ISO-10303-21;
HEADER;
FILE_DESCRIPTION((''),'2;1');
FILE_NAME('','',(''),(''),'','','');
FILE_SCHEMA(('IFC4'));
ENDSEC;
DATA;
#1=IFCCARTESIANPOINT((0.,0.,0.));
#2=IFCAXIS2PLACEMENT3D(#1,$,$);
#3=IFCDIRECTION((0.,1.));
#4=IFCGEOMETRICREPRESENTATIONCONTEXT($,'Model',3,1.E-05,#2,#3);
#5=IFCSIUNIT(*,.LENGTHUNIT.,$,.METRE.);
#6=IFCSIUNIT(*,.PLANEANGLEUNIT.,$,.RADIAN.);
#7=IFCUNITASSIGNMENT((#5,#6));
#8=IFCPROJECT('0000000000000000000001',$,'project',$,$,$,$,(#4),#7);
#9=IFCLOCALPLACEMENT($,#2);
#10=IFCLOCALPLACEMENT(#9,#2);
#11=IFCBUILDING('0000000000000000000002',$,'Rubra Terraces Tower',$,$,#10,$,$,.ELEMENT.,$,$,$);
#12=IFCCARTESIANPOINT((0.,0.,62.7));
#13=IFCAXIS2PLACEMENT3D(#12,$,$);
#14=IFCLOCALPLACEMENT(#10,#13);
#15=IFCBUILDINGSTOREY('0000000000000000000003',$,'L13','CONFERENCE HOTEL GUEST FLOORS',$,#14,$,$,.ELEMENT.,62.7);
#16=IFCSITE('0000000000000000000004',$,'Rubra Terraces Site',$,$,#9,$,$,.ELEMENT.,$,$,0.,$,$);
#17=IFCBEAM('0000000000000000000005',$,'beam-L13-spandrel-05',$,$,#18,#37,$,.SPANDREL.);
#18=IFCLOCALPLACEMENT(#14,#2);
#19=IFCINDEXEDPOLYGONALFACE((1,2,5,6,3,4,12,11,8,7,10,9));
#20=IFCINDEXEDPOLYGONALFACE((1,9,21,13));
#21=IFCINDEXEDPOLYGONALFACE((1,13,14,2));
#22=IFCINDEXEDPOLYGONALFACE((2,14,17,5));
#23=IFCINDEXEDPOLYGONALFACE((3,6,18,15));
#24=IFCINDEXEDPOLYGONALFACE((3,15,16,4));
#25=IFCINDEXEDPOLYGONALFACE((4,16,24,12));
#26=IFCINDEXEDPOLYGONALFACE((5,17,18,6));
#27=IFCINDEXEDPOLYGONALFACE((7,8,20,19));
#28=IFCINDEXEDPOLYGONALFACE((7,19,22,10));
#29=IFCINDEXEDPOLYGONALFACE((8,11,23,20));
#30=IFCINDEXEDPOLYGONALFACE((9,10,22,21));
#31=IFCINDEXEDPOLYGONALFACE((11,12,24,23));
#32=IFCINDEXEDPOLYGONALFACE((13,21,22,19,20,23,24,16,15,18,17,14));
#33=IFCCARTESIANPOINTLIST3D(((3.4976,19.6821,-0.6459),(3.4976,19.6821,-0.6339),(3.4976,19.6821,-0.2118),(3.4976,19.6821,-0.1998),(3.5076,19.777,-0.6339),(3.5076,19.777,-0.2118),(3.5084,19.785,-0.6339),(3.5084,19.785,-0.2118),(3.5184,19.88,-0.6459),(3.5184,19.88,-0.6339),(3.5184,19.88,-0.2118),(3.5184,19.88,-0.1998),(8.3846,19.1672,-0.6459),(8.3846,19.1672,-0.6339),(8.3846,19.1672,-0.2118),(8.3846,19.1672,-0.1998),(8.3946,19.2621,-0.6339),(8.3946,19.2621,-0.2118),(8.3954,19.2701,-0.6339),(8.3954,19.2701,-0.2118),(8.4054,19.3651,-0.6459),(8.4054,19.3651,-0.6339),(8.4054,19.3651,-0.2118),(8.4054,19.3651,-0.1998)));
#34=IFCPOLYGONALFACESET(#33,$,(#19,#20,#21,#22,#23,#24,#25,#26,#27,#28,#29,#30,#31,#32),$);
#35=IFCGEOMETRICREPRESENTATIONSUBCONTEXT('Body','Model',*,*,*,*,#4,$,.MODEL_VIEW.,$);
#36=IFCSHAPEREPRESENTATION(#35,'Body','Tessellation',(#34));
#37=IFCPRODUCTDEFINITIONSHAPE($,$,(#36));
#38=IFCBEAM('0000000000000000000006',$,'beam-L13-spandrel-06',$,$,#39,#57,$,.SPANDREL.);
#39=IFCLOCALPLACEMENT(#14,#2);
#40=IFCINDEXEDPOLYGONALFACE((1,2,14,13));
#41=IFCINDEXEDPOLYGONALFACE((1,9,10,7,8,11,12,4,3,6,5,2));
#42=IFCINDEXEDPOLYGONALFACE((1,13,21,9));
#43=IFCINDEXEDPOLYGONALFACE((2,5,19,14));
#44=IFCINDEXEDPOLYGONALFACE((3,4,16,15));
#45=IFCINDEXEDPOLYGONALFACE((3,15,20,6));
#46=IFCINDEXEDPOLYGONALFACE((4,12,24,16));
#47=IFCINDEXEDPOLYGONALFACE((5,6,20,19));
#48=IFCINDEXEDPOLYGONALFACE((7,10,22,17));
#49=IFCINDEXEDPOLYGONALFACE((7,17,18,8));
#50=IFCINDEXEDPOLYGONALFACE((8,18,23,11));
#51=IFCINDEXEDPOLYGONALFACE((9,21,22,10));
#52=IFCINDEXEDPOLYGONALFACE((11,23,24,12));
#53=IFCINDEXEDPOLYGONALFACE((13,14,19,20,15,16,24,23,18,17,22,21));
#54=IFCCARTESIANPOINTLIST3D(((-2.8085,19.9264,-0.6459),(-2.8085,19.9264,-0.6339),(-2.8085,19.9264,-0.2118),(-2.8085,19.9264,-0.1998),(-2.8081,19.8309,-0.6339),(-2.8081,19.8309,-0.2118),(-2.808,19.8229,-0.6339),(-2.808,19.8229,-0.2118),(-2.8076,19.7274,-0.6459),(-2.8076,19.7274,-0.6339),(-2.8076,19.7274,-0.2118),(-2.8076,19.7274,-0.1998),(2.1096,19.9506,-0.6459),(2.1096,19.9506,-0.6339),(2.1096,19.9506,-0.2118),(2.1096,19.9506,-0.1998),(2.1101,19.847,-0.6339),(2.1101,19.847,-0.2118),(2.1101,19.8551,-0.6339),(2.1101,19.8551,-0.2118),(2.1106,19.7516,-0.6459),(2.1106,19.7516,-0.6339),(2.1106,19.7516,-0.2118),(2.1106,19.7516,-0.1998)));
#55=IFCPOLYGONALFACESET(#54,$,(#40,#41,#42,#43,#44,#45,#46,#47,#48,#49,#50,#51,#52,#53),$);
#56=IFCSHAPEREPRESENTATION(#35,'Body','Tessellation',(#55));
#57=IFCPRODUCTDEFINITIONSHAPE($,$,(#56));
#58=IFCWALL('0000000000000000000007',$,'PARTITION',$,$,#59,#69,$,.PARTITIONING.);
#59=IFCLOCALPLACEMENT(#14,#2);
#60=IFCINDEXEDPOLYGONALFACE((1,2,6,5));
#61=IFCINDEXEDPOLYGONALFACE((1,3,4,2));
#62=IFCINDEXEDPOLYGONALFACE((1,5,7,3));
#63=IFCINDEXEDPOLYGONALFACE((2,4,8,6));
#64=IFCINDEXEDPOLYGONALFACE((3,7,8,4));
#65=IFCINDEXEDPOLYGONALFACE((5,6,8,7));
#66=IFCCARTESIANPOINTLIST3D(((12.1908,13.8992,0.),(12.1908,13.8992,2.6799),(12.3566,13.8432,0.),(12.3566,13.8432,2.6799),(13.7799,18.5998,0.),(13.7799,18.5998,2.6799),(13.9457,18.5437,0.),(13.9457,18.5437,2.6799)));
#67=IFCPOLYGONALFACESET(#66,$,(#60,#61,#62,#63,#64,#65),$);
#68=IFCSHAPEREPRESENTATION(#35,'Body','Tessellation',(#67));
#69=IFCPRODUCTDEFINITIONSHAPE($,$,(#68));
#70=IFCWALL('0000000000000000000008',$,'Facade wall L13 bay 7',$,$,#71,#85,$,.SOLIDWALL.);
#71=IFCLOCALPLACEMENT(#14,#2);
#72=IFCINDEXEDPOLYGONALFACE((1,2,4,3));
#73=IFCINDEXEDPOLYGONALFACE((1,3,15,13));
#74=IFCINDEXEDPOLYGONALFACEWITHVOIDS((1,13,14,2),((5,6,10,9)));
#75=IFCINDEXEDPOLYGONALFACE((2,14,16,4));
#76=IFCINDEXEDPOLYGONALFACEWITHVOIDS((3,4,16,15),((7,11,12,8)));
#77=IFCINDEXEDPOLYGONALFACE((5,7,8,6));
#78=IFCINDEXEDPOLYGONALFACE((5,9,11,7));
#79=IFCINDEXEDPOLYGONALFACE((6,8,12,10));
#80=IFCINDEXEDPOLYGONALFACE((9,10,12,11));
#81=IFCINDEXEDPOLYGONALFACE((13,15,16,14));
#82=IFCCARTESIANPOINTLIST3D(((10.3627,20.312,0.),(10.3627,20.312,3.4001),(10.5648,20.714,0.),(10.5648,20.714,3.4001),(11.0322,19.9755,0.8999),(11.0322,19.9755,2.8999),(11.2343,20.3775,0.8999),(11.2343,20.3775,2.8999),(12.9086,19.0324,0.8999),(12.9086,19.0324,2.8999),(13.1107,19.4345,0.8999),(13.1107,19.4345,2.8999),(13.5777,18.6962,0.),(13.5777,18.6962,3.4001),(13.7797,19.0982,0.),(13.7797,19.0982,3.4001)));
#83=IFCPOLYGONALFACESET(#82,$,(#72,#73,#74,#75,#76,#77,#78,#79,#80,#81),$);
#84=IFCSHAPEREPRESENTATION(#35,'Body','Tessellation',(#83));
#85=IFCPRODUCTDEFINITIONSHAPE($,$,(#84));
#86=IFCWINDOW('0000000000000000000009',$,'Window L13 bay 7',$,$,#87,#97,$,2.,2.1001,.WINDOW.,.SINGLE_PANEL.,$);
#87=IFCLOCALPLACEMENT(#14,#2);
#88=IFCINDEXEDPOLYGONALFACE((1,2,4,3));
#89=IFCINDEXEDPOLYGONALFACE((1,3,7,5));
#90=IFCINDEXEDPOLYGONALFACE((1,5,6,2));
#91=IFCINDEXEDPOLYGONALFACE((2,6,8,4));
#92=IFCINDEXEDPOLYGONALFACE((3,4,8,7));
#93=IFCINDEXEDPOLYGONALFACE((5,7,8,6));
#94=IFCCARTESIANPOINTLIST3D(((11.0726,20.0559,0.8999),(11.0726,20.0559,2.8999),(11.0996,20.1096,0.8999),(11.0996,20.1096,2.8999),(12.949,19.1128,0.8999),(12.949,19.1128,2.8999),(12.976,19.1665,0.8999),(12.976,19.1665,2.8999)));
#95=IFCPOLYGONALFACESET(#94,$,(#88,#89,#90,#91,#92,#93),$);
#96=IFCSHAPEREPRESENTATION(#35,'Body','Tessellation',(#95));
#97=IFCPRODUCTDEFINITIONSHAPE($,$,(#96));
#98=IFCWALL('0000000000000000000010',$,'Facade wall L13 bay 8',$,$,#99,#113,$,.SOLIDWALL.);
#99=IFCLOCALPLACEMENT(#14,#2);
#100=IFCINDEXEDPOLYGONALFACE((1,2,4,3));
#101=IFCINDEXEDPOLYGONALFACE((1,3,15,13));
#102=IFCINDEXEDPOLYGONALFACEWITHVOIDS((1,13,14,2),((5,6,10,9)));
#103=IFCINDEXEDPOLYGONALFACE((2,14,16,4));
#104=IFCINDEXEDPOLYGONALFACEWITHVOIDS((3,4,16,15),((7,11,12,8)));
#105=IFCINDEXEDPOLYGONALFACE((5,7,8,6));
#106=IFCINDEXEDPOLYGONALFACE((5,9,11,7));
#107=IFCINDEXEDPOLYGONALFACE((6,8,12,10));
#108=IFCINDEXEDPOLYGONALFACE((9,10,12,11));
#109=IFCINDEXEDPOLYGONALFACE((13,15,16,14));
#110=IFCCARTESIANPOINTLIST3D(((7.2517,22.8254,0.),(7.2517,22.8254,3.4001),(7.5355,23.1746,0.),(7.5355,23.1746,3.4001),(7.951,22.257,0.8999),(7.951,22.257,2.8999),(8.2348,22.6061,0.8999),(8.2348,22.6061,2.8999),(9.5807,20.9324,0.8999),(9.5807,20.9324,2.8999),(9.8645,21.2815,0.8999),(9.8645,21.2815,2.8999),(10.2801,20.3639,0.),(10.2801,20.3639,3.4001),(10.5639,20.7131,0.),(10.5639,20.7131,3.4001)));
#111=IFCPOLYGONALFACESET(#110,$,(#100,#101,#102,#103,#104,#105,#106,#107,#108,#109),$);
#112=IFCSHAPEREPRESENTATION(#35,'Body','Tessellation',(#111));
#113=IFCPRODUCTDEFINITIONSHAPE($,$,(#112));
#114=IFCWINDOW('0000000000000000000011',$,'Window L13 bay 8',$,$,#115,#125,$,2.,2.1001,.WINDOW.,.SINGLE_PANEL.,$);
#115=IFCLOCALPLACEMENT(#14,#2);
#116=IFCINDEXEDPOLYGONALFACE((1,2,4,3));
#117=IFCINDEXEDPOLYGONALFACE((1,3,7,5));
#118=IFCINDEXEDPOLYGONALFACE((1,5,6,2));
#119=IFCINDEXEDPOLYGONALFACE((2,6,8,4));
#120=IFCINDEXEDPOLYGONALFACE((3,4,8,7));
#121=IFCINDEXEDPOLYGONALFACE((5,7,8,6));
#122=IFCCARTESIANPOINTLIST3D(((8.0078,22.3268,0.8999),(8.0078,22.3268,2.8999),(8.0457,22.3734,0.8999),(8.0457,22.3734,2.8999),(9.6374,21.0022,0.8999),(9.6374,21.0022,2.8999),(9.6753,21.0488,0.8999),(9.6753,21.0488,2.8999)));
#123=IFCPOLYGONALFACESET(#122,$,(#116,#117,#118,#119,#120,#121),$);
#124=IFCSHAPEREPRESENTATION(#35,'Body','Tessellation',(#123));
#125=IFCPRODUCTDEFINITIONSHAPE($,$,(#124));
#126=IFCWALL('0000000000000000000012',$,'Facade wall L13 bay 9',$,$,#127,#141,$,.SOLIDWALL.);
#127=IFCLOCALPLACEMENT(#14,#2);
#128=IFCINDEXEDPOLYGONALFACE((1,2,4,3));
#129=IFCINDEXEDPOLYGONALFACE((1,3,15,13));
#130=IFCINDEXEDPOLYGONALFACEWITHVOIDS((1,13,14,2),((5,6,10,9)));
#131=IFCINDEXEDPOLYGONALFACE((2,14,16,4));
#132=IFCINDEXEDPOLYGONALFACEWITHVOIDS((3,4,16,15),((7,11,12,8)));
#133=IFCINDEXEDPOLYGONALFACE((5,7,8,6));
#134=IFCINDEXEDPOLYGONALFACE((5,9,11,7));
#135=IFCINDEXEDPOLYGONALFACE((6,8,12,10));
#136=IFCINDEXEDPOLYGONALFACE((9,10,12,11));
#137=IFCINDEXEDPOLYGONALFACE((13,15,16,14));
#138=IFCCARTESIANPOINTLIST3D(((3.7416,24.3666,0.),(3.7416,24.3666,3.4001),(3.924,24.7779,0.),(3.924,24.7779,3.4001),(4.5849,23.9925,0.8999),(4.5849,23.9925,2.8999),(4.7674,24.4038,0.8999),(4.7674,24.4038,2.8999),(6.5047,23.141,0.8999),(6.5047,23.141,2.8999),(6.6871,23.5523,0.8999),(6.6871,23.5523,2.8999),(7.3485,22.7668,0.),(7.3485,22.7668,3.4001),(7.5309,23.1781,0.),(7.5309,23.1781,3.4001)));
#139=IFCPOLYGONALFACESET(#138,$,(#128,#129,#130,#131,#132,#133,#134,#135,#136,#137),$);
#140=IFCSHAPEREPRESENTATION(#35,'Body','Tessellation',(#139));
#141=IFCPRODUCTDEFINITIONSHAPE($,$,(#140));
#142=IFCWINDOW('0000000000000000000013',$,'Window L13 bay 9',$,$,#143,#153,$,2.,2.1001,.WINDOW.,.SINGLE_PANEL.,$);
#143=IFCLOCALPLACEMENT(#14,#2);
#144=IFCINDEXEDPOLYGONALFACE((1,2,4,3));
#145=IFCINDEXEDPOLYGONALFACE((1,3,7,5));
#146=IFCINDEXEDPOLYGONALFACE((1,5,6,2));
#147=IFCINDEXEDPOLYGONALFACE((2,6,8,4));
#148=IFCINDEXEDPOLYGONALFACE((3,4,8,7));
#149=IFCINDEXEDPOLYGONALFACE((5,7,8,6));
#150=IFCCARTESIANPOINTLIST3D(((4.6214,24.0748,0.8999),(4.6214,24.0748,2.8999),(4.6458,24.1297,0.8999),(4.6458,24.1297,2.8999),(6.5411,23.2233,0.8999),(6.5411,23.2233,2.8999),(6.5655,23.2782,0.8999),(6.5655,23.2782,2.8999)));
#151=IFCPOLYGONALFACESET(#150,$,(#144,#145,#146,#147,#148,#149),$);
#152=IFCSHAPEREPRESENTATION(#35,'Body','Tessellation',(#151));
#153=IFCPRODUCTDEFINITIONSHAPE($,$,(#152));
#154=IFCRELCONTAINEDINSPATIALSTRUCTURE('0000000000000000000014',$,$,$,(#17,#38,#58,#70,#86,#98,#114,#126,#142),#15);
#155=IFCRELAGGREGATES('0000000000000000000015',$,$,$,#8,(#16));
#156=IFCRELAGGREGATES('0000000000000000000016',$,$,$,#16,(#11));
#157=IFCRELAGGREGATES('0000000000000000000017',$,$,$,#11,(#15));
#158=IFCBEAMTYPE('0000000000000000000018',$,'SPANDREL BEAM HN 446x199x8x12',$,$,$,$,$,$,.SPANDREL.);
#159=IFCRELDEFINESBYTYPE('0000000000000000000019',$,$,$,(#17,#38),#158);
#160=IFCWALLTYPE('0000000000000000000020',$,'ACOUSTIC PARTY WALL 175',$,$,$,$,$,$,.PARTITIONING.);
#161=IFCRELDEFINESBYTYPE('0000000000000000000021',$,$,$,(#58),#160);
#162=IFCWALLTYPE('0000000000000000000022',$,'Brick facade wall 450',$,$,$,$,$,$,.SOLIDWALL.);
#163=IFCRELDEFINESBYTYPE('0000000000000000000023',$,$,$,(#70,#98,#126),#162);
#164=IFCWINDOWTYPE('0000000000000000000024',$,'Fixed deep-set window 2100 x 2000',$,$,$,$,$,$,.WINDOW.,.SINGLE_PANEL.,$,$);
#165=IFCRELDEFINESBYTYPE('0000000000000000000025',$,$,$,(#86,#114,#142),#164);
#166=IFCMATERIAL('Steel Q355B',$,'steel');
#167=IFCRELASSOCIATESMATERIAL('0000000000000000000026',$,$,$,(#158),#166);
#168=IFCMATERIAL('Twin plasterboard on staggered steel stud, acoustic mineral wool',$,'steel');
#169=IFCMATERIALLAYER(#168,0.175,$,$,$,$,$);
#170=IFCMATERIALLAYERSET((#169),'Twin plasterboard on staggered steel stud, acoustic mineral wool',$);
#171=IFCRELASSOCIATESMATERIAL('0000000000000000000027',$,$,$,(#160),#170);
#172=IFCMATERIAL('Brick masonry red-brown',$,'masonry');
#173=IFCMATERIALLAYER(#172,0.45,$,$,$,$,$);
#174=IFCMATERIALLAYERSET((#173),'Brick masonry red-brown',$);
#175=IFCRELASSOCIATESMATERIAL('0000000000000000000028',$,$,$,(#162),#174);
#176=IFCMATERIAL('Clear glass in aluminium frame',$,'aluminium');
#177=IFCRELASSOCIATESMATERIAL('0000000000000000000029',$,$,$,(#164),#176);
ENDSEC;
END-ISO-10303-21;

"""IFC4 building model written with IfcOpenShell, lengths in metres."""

from ifc_helpers import new_model, si_unit, direction, frame, frame_2d, origin, origin_2d, place, context, subcontext, project, spatial, rectangle, i_section, extrude, material, layer, layer_set, material_profile, profile_set, type_object, element, fill, save


model = new_model("IFC4")

# Units and contexts
model_context = context("Model", 3, precision=1e-05, world=origin(), true_north=direction((0.0, 1.0)))
body_context = subcontext(model_context, "Body", "Model", "MODEL_VIEW")
ifc_project = project(units=[si_unit("LENGTHUNIT", "METRE"), si_unit("PLANEANGLEUNIT", "RADIAN")], contexts=[model_context])

# Site, building, storey
site_placement = place(None, origin())
site = spatial("IfcSite", under=ifc_project, at=site_placement, Name="Rubra Terraces Site", CompositionType="ELEMENT", RefElevation=0.0)
building_placement = place(site_placement, origin())
building = spatial("IfcBuilding", under=site, at=building_placement, Name="Rubra Terraces Tower", CompositionType="ELEMENT")
storey_placement = place(building_placement, frame((0.0, 0.0, 62.7)))
storey = spatial("IfcBuildingStorey", under=building, at=storey_placement, Name="L13", Description="CONFERENCE HOTEL GUEST FLOORS", CompositionType="ELEMENT", Elevation=62.7)

# Beams
ifc_material_1 = material(Name="Steel Q355B", Category="steel")
ifc_material_profile_1 = material_profile(ifc_material_1, i_section(OverallWidth=0.199, OverallDepth=0.446, WebThickness=0.0081, FlangeThickness=0.012, at=origin_2d()), Name="HN 446x199x8x12")
ifc_profile_set_1 = profile_set([ifc_material_profile_1], Name="Steel Q355B")
beam_type_1 = type_object("IfcBeamType", Name="SPANDREL BEAM HN 446x199x8x12", PredefinedType="SPANDREL", material=ifc_profile_set_1)
beam_1_placement = place(storey_placement, frame((8.395, 19.2661, -0.4229), z_axis=(-0.994495, 0.10478, 0.0), x_axis=(-0.10478, -0.994495, 0.0)))
element("IfcBeam", 1, at=beam_1_placement, inside=storey, type_object=beam_type_1, Name="beam-L13-spandrel-05", PredefinedType="SPANDREL", context=body_context, shape_type="SweptSolid", body=[
    extrude(i_section(OverallWidth=0.199, OverallDepth=0.446, WebThickness=0.0081, FlangeThickness=0.012, at=origin_2d()), origin(), (0.0, 0.0, 1.0), 4.9141),
])
beam_2_placement = place(storey_placement, frame((2.1101, 19.8511, -0.4229), z_axis=(-0.999988, -0.004914, 0.0), x_axis=(0.004914, -0.999988, 0.0)))
element("IfcBeam", 2, at=beam_2_placement, inside=storey, type_object=beam_type_1, Name="beam-L13-spandrel-06", PredefinedType="SPANDREL", context=body_context, shape_type="SweptSolid", body=[
    extrude(i_section(OverallWidth=0.199, OverallDepth=0.446, WebThickness=0.0081, FlangeThickness=0.012, at=origin_2d()), origin(), (0.0, 0.0, 1.0), 4.9182),
])

# Wall
ifc_material_2 = material(Name="Twin plasterboard on staggered steel stud, acoustic mineral wool", Category="steel")
ifc_layer_1 = layer(ifc_material_2, 0.175)
ifc_layer_set_1 = layer_set([ifc_layer_1], Name="Twin plasterboard on staggered steel stud, acoustic mineral wool")
wall_type_1 = type_object("IfcWallType", Name="ACOUSTIC PARTY WALL 175", PredefinedType="PARTITIONING", material=ifc_layer_set_1)
wall_1_placement = place(storey_placement, frame((13.8628, 18.5718, 0.0), z_axis=(0.0, 0.0, 1.0), x_axis=(-0.320255, -0.947332, 0.0)))
element("IfcWall", 3, at=wall_1_placement, inside=storey, type_object=wall_type_1, Name="PARTITION", PredefinedType="PARTITIONING", context=body_context, shape_type="SweptSolid", body=[
    extrude(rectangle(XDim=4.9619, YDim=0.175, at=frame_2d((2.481, 0.0))), origin(), (0.0, 0.0, 1.0), 2.6799),
])

# Walls, openings, windows
ifc_material_3 = material(Name="Brick masonry red-brown", Category="masonry")
ifc_layer_2 = layer(ifc_material_3, 0.45)
ifc_layer_set_2 = layer_set([ifc_layer_2], Name="Brick masonry red-brown")
wall_type_2 = type_object("IfcWallType", Name="Brick facade wall 450", PredefinedType="SOLIDWALL", material=ifc_layer_set_2)
wall_2_placement = place(storey_placement, frame((13.6787, 18.8972, 0.0), z_axis=(0.0, 0.0, 1.0), x_axis=(-0.893502, 0.449058, 0.0)))
wall_2 = element("IfcWall", 4, at=wall_2_placement, inside=storey, type_object=wall_type_2, Name="Facade wall L13 bay 7", PredefinedType="SOLIDWALL", context=body_context, shape_type="SweptSolid", body=[
    extrude(rectangle(XDim=3.5981, YDim=0.45, at=frame_2d((1.7991, 0.0))), origin(), (0.0, 0.0, 1.0), 3.4001),
])
opening_1_placement = place(wall_2_placement, frame((0.7488, 0.0, 0.8999)))
opening_1 = element("IfcOpeningElement", 5, at=opening_1_placement, cuts=wall_2, PredefinedType="OPENING", context=body_context, shape_type="SweptSolid", body=[
    extrude(rectangle(XDim=2.1001, YDim=2.0, at=frame_2d((1.05, 1.0))), frame((0.0, 0.2349, 0.0), z_axis=(0.0, -1.0, 0.0), x_axis=(1.0, 0.0, 0.0)), (0.0, 0.0, 1.0), 0.47),
])
ifc_material_4 = material(Name="Clear glass in aluminium frame", Category="aluminium")
window_type_1 = type_object("IfcWindowType", Name="Fixed deep-set window 2100 x 2000", PartitioningType="SINGLE_PANEL", PredefinedType="WINDOW", material=ifc_material_4)
window_1_placement = place(opening_1_placement, origin())
window_1 = element("IfcWindow", 6, at=window_1_placement, inside=storey, type_object=window_type_1, Name="Window L13 bay 7", OverallHeight=2.0, OverallWidth=2.1001, PartitioningType="SINGLE_PANEL", PredefinedType="WINDOW", context=body_context, shape_type="SweptSolid", body=[
    extrude(rectangle(XDim=2.1001, YDim=2.0, at=frame_2d((1.05, 1.0))), frame((0.0, 0.135, 0.0), z_axis=(0.0, -1.0, 0.0), x_axis=(1.0, 0.0, 0.0)), (0.0, 0.0, 1.0), 0.0601),
])
fill(opening_1, window_1)
wall_3_placement = place(storey_placement, frame((10.4219, 20.5386, 0.0), z_axis=(0.0, 0.0, 1.0), x_axis=(-0.775999, 0.630734, 0.0)))
wall_3 = element("IfcWall", 7, at=wall_3_placement, inside=storey, type_object=wall_type_2, Name="Facade wall L13 bay 8", PredefinedType="SOLIDWALL", context=body_context, shape_type="SweptSolid", body=[
    extrude(rectangle(XDim=3.9026, YDim=0.45, at=frame_2d((1.9512, 0.0))), origin(), (0.0, 0.0, 1.0), 3.4001),
])
opening_2_placement = place(wall_3_placement, frame((0.9011, 0.0, 0.8999)))
opening_2 = element("IfcOpeningElement", 8, at=opening_2_placement, cuts=wall_3, PredefinedType="OPENING", context=body_context, shape_type="SweptSolid", body=[
    extrude(rectangle(XDim=2.1001, YDim=2.0, at=frame_2d((1.05, 1.0))), frame((0.0, 0.2349, 0.0), z_axis=(0.0, -1.0, 0.0), x_axis=(1.0, 0.0, 0.0)), (0.0, 0.0, 1.0), 0.47),
])
window_2_placement = place(opening_2_placement, origin())
window_2 = element("IfcWindow", 9, at=window_2_placement, inside=storey, type_object=window_type_1, Name="Window L13 bay 8", OverallHeight=2.0, OverallWidth=2.1001, PartitioningType="SINGLE_PANEL", PredefinedType="WINDOW", context=body_context, shape_type="SweptSolid", body=[
    extrude(rectangle(XDim=2.1001, YDim=2.0, at=frame_2d((1.05, 1.0))), frame((0.0, 0.135, 0.0), z_axis=(0.0, -1.0, 0.0), x_axis=(1.0, 0.0, 0.0)), (0.0, 0.0, 1.0), 0.0601),
])
fill(opening_2, window_2)
wall_4_placement = place(storey_placement, frame((7.4397, 22.9724, 0.0), z_axis=(0.0, 0.0, 1.0), x_axis=(-0.914115, 0.405455, 0.0)))
wall_4 = element("IfcWall", 10, at=wall_4_placement, inside=storey, type_object=wall_type_2, Name="Facade wall L13 bay 9", PredefinedType="SOLIDWALL", context=body_context, shape_type="SweptSolid", body=[
    extrude(rectangle(XDim=3.9458, YDim=0.45, at=frame_2d((1.9729, 0.0))), origin(), (0.0, 0.0, 1.0), 3.4001),
])
opening_3_placement = place(wall_4_placement, frame((0.9231, 0.0, 0.8999)))
opening_3 = element("IfcOpeningElement", 11, at=opening_3_placement, cuts=wall_4, PredefinedType="OPENING", context=body_context, shape_type="SweptSolid", body=[
    extrude(rectangle(XDim=2.1001, YDim=2.0, at=frame_2d((1.05, 1.0))), frame((0.0, 0.2349, 0.0), z_axis=(0.0, -1.0, 0.0), x_axis=(1.0, 0.0, 0.0)), (0.0, 0.0, 1.0), 0.47),
])
window_3_placement = place(opening_3_placement, origin())
window_3 = element("IfcWindow", 12, at=window_3_placement, inside=storey, type_object=window_type_1, Name="Window L13 bay 9", OverallHeight=2.0, OverallWidth=2.1001, PartitioningType="SINGLE_PANEL", PredefinedType="WINDOW", context=body_context, shape_type="SweptSolid", body=[
    extrude(rectangle(XDim=2.1001, YDim=2.0, at=frame_2d((1.05, 1.0))), frame((0.0, 0.135, 0.0), z_axis=(0.0, -1.0, 0.0), x_axis=(1.0, 0.0, 0.0)), (0.0, 0.0, 1.0), 0.0601),
])
fill(opening_3, window_3)

save(model, "model.ifc")
